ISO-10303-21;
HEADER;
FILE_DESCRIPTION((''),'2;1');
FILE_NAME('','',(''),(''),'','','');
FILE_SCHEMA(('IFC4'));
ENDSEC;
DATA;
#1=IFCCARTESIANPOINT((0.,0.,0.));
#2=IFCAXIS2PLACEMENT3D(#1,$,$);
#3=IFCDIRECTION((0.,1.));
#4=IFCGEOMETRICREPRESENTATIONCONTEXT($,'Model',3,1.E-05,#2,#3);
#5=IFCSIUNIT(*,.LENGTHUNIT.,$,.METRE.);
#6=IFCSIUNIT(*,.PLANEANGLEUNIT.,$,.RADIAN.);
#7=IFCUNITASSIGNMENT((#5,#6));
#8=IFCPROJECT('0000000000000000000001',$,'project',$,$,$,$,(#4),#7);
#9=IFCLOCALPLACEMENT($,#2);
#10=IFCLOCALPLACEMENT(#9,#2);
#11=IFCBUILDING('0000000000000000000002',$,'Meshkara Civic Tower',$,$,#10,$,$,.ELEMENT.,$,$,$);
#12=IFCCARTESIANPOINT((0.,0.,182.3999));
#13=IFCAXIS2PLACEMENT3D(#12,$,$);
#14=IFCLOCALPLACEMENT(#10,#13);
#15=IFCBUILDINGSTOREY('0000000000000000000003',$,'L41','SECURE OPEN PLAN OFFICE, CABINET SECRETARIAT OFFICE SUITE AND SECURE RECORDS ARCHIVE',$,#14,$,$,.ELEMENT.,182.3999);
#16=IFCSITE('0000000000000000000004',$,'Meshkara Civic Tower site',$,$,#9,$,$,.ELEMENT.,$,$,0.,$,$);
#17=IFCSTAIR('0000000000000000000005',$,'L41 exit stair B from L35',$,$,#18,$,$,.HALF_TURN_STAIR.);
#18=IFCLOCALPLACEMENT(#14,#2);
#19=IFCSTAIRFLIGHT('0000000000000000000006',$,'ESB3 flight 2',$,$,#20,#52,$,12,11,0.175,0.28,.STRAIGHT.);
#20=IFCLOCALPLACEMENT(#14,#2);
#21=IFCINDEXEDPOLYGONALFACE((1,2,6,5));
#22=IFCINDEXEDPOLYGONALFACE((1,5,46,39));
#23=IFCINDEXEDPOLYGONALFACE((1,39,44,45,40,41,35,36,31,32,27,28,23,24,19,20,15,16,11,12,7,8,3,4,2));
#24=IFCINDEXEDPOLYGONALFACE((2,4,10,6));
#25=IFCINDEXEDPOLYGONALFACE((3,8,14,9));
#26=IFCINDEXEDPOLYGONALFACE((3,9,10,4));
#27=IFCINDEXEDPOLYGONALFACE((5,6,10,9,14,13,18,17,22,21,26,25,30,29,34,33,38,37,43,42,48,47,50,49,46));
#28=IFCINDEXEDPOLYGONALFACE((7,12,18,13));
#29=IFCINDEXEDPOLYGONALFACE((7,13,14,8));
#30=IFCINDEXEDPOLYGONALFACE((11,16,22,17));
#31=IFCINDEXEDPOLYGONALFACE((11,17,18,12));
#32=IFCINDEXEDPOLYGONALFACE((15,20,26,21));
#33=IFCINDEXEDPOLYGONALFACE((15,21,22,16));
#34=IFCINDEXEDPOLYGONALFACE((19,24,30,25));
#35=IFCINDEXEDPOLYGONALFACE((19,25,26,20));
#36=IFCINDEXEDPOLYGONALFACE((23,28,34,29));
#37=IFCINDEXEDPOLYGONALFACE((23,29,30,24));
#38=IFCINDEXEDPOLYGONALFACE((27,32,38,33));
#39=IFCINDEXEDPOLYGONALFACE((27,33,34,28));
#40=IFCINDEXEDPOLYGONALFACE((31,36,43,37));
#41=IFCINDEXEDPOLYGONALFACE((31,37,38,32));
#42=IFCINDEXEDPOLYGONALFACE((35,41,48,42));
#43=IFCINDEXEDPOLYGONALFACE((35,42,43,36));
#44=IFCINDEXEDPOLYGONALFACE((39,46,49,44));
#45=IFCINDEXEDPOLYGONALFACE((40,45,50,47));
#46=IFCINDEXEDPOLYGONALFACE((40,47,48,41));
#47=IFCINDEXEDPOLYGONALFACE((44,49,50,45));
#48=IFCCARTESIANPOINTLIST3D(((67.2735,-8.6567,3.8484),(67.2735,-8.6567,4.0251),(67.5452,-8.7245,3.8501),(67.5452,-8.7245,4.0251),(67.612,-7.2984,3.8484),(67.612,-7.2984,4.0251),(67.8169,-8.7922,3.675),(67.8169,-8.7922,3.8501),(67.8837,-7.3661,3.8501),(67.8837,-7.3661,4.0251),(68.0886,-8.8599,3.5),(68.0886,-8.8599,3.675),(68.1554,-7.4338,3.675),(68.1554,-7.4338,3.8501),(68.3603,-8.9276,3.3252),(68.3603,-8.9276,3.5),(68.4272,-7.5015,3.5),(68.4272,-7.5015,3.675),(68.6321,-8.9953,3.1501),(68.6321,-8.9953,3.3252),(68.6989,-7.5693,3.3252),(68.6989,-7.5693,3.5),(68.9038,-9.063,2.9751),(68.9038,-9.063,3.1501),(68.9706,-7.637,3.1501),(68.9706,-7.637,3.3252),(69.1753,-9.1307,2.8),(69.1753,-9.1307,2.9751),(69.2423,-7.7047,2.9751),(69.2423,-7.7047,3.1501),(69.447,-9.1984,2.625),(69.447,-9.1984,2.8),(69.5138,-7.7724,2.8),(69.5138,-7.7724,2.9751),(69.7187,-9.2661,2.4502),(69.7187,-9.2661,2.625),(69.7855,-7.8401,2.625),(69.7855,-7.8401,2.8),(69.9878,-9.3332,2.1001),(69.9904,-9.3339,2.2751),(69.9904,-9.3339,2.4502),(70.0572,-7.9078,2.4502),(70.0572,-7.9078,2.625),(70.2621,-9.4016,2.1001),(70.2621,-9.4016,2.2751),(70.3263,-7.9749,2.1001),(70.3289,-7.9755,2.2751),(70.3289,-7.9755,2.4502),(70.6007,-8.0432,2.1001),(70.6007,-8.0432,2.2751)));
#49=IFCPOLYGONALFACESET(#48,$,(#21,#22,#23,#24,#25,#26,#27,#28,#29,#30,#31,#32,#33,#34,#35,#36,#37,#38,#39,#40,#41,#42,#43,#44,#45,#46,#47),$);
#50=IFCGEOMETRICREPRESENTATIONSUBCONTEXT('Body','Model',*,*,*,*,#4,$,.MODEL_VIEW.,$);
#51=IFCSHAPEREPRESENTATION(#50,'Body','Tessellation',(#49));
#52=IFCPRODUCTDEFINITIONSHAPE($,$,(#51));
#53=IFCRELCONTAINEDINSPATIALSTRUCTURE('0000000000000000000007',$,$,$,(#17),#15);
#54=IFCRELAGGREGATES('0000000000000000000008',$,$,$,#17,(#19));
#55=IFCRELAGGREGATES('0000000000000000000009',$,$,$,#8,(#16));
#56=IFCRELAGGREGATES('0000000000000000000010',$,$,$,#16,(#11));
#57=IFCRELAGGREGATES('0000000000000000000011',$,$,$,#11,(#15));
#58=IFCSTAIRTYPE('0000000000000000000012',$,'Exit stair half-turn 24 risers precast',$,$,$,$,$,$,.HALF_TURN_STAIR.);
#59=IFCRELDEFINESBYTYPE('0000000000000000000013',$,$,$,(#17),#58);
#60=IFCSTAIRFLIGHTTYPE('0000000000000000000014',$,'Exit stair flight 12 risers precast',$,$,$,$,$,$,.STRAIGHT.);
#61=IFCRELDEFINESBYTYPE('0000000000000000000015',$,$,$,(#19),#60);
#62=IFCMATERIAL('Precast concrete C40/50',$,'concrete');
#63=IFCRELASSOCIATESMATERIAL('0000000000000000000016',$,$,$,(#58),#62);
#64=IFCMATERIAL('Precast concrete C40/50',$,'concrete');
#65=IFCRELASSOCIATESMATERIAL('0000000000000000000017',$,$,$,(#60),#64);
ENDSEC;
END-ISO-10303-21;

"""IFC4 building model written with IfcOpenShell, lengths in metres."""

from ifc_helpers import new_model, si_unit, direction, frame, origin, place, context, subcontext, project, spatial, polyline, outline, extrude, material, type_object, element, aggregate, save


model = new_model("IFC4")

# Units and contexts
model_context = context("Model", 3, precision=1e-05, world=origin(), true_north=direction((0.0, 1.0)))
body_context = subcontext(model_context, "Body", "Model", "MODEL_VIEW")
ifc_project = project(units=[si_unit("LENGTHUNIT", "METRE"), si_unit("PLANEANGLEUNIT", "RADIAN")], contexts=[model_context])

# Site, building, storey
site_placement = place(None, origin())
site = spatial("IfcSite", under=ifc_project, at=site_placement, Name="Meshkara Civic Tower site", CompositionType="ELEMENT", RefElevation=0.0)
building_placement = place(site_placement, origin())
building = spatial("IfcBuilding", under=site, at=building_placement, Name="Meshkara Civic Tower", CompositionType="ELEMENT")
storey_placement = place(building_placement, frame((0.0, 0.0, 182.3999)))
storey = spatial("IfcBuildingStorey", under=building, at=storey_placement, Name="L41", Description="SECURE OPEN PLAN OFFICE, CABINET SECRETARIAT OFFICE SUITE AND SECURE RECORDS ARCHIVE", CompositionType="ELEMENT", Elevation=182.3999)

# Stair, stair flight
ifc_material_1 = material(Name="Precast concrete C40/50", Category="concrete")
stair_type = type_object("IfcStairType", Name="Exit stair half-turn 24 risers precast", PredefinedType="HALF_TURN_STAIR", material=ifc_material_1)
stair_placement = place(storey_placement, origin())
stair = element("IfcStair", 1, at=stair_placement, inside=storey, type_object=stair_type, Name="L41 exit stair B from L35", PredefinedType="HALF_TURN_STAIR")
ifc_material_2 = material(Name="Precast concrete C40/50", Category="concrete")
stair_flight_type = type_object("IfcStairFlightType", Name="Exit stair flight 12 risers precast", PredefinedType="STRAIGHT", material=ifc_material_2)
stair_flight_1_placement = place(storey_placement, frame((70.4314, -8.7224, 2.1001), z_axis=(0.0, 0.0, 1.0), x_axis=(-0.970319, 0.24183, 0.0)))
stair_flight_1 = element("IfcStairFlight", 2, at=stair_flight_1_placement, type_object=stair_flight_type, Name="ESB3 flight 2", NumberOfRisers=12, NumberOfTreads=11, PredefinedType="STRAIGHT", RiserHeight=0.175, TreadLength=0.28, context=body_context, shape_type="SweptSolid", body=[
    extrude(outline(polyline([(0.0, 0.0), (0.0, 0.175), (0.28, 0.175), (0.28, 0.3501), (0.5601, 0.3501), (0.5601, 0.5249), (0.8401, 0.5249), (0.8401, 0.7), (1.1201, 0.7), (1.1201, 0.875), (1.3999, 0.875), (1.3999, 1.05), (1.6799, 1.05), (1.6799, 1.2251), (1.96, 1.2251), (1.96, 1.3999), (2.24, 1.3999), (2.24, 1.575), (2.52, 1.575), (2.52, 1.75), (2.8, 1.75), (2.8, 1.925), (3.0801, 1.925), (3.0801, 2.1001), (3.0801, 1.7483), (0.2827, 0.0), (0.0, 0.0)])), frame((0.0, 0.7, 0.0), z_axis=(0.0, -1.0, 0.0), x_axis=(1.0, 0.0, 0.0)), (0.0, 0.0, 1.0), 1.3999),
])
aggregate(stair, [stair_flight_1])

save(model, "model.ifc")
